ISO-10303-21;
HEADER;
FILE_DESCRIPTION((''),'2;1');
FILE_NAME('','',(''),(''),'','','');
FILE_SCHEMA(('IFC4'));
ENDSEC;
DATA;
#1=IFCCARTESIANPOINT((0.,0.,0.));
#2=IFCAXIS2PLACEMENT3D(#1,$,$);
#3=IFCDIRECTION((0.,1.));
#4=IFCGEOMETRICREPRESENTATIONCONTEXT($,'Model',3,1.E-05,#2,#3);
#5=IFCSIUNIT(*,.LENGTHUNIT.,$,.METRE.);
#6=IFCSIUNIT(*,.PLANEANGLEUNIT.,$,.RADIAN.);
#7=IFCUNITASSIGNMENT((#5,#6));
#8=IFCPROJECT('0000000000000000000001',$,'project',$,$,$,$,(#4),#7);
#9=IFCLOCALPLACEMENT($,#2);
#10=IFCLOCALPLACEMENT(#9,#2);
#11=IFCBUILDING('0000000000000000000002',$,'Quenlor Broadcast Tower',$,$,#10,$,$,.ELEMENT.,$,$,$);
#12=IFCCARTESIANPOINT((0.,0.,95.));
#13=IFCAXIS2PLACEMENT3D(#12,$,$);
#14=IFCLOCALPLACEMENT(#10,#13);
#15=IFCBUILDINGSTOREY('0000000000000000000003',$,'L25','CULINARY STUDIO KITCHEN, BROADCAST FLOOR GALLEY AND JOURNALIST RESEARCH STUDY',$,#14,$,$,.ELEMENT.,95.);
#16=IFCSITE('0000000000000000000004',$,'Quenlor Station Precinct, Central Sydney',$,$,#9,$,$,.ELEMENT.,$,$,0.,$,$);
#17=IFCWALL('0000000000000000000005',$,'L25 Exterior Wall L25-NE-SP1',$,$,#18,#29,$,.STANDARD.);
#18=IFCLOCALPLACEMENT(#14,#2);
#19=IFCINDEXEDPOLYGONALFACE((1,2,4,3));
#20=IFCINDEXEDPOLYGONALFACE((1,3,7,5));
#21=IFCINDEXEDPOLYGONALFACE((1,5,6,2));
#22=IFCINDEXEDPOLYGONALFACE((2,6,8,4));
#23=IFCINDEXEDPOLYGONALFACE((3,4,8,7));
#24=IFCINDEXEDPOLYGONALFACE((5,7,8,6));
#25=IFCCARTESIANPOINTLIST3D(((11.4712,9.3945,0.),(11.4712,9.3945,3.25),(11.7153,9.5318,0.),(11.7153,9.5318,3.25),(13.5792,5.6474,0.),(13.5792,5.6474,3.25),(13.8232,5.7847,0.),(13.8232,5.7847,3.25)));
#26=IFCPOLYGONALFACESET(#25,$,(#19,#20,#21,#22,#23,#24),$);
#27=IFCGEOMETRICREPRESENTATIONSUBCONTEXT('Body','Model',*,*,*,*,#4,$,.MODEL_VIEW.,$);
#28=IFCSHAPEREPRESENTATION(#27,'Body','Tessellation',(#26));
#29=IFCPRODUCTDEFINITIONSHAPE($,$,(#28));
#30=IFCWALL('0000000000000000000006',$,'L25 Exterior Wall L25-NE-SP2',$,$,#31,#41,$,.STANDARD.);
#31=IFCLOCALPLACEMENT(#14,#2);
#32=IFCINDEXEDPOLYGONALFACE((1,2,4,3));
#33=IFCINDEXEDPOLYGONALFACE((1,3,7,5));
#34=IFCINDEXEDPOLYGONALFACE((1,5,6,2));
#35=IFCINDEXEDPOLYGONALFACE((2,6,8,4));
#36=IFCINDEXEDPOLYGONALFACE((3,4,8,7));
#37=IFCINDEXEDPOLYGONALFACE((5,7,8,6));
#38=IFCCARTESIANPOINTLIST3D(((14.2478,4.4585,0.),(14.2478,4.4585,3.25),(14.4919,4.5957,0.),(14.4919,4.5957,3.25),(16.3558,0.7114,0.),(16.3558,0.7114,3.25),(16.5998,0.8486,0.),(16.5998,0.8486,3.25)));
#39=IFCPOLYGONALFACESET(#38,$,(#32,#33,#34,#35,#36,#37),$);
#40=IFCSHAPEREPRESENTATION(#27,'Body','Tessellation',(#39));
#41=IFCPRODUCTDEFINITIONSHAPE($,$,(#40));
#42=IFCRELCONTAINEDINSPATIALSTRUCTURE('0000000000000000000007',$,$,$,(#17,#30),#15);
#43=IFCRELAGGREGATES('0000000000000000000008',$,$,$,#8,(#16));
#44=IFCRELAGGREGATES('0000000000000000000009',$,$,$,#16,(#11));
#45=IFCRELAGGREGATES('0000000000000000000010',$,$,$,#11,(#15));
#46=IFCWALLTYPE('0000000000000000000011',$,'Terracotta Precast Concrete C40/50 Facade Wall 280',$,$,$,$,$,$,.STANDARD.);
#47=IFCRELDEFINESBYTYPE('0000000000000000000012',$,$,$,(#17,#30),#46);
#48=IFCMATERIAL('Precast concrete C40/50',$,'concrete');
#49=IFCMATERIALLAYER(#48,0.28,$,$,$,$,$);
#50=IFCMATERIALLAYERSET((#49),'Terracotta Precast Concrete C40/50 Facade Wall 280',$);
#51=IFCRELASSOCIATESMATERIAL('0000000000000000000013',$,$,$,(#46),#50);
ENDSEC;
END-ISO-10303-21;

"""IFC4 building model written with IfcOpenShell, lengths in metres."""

from ifc_helpers import new_model, si_unit, direction, frame, frame_2d, origin, place, context, subcontext, project, spatial, rectangle, extrude, material, layer, layer_set, type_object, element, save


model = new_model("IFC4")

# Units and contexts
model_context = context("Model", 3, precision=1e-05, world=origin(), true_north=direction((0.0, 1.0)))
body_context = subcontext(model_context, "Body", "Model", "MODEL_VIEW")
ifc_project = project(units=[si_unit("LENGTHUNIT", "METRE"), si_unit("PLANEANGLEUNIT", "RADIAN")], contexts=[model_context])

# Site, building, storey
site_placement = place(None, origin())
site = spatial("IfcSite", under=ifc_project, at=site_placement, Name="Quenlor Station Precinct, Central Sydney", CompositionType="ELEMENT", RefElevation=0.0)
building_placement = place(site_placement, origin())
building = spatial("IfcBuilding", under=site, at=building_placement, Name="Quenlor Broadcast Tower", CompositionType="ELEMENT")
storey_placement = place(building_placement, frame((0.0, 0.0, 95.0)))
storey = spatial("IfcBuildingStorey", under=building, at=storey_placement, Name="L25", Description="CULINARY STUDIO KITCHEN, BROADCAST FLOOR GALLEY AND JOURNALIST RESEARCH STUDY", CompositionType="ELEMENT", Elevation=95.0)

# Walls
ifc_material_1 = material(Name="Precast concrete C40/50", Category="concrete")
ifc_layer_1 = layer(ifc_material_1, 0.28)
ifc_layer_set_1 = layer_set([ifc_layer_1], Name="Terracotta Precast Concrete C40/50 Facade Wall 280")
wall_type_1 = type_object("IfcWallType", Name="Terracotta Precast Concrete C40/50 Facade Wall 280", PredefinedType="STANDARD", material=ifc_layer_set_1)
for number, where, z_axis, x_axis, name in (
    (1, (11.5933, 9.4631, 0.0), (0.0, 0.0, 1.0), (0.490294, -0.871557, 0.0), "L25 Exterior Wall L25-NE-SP1"),
    (2, (14.3699, 4.5271, 0.0), (0.0, 0.0, 1.0), (0.490294, -0.871557, 0.0), "L25 Exterior Wall L25-NE-SP2"),
):
    element("IfcWall", number, at=place(storey_placement, frame(where, z_axis=z_axis, x_axis=x_axis)), inside=storey, type_object=wall_type_1, Name=name, PredefinedType="STANDARD", context=body_context, shape_type="SweptSolid", body=[
        extrude(rectangle(XDim=4.2993, YDim=0.28, at=frame_2d((2.1497, 0.0))), origin(), (0.0, 0.0, 1.0), 3.25),
    ])

save(model, "model.ifc")
